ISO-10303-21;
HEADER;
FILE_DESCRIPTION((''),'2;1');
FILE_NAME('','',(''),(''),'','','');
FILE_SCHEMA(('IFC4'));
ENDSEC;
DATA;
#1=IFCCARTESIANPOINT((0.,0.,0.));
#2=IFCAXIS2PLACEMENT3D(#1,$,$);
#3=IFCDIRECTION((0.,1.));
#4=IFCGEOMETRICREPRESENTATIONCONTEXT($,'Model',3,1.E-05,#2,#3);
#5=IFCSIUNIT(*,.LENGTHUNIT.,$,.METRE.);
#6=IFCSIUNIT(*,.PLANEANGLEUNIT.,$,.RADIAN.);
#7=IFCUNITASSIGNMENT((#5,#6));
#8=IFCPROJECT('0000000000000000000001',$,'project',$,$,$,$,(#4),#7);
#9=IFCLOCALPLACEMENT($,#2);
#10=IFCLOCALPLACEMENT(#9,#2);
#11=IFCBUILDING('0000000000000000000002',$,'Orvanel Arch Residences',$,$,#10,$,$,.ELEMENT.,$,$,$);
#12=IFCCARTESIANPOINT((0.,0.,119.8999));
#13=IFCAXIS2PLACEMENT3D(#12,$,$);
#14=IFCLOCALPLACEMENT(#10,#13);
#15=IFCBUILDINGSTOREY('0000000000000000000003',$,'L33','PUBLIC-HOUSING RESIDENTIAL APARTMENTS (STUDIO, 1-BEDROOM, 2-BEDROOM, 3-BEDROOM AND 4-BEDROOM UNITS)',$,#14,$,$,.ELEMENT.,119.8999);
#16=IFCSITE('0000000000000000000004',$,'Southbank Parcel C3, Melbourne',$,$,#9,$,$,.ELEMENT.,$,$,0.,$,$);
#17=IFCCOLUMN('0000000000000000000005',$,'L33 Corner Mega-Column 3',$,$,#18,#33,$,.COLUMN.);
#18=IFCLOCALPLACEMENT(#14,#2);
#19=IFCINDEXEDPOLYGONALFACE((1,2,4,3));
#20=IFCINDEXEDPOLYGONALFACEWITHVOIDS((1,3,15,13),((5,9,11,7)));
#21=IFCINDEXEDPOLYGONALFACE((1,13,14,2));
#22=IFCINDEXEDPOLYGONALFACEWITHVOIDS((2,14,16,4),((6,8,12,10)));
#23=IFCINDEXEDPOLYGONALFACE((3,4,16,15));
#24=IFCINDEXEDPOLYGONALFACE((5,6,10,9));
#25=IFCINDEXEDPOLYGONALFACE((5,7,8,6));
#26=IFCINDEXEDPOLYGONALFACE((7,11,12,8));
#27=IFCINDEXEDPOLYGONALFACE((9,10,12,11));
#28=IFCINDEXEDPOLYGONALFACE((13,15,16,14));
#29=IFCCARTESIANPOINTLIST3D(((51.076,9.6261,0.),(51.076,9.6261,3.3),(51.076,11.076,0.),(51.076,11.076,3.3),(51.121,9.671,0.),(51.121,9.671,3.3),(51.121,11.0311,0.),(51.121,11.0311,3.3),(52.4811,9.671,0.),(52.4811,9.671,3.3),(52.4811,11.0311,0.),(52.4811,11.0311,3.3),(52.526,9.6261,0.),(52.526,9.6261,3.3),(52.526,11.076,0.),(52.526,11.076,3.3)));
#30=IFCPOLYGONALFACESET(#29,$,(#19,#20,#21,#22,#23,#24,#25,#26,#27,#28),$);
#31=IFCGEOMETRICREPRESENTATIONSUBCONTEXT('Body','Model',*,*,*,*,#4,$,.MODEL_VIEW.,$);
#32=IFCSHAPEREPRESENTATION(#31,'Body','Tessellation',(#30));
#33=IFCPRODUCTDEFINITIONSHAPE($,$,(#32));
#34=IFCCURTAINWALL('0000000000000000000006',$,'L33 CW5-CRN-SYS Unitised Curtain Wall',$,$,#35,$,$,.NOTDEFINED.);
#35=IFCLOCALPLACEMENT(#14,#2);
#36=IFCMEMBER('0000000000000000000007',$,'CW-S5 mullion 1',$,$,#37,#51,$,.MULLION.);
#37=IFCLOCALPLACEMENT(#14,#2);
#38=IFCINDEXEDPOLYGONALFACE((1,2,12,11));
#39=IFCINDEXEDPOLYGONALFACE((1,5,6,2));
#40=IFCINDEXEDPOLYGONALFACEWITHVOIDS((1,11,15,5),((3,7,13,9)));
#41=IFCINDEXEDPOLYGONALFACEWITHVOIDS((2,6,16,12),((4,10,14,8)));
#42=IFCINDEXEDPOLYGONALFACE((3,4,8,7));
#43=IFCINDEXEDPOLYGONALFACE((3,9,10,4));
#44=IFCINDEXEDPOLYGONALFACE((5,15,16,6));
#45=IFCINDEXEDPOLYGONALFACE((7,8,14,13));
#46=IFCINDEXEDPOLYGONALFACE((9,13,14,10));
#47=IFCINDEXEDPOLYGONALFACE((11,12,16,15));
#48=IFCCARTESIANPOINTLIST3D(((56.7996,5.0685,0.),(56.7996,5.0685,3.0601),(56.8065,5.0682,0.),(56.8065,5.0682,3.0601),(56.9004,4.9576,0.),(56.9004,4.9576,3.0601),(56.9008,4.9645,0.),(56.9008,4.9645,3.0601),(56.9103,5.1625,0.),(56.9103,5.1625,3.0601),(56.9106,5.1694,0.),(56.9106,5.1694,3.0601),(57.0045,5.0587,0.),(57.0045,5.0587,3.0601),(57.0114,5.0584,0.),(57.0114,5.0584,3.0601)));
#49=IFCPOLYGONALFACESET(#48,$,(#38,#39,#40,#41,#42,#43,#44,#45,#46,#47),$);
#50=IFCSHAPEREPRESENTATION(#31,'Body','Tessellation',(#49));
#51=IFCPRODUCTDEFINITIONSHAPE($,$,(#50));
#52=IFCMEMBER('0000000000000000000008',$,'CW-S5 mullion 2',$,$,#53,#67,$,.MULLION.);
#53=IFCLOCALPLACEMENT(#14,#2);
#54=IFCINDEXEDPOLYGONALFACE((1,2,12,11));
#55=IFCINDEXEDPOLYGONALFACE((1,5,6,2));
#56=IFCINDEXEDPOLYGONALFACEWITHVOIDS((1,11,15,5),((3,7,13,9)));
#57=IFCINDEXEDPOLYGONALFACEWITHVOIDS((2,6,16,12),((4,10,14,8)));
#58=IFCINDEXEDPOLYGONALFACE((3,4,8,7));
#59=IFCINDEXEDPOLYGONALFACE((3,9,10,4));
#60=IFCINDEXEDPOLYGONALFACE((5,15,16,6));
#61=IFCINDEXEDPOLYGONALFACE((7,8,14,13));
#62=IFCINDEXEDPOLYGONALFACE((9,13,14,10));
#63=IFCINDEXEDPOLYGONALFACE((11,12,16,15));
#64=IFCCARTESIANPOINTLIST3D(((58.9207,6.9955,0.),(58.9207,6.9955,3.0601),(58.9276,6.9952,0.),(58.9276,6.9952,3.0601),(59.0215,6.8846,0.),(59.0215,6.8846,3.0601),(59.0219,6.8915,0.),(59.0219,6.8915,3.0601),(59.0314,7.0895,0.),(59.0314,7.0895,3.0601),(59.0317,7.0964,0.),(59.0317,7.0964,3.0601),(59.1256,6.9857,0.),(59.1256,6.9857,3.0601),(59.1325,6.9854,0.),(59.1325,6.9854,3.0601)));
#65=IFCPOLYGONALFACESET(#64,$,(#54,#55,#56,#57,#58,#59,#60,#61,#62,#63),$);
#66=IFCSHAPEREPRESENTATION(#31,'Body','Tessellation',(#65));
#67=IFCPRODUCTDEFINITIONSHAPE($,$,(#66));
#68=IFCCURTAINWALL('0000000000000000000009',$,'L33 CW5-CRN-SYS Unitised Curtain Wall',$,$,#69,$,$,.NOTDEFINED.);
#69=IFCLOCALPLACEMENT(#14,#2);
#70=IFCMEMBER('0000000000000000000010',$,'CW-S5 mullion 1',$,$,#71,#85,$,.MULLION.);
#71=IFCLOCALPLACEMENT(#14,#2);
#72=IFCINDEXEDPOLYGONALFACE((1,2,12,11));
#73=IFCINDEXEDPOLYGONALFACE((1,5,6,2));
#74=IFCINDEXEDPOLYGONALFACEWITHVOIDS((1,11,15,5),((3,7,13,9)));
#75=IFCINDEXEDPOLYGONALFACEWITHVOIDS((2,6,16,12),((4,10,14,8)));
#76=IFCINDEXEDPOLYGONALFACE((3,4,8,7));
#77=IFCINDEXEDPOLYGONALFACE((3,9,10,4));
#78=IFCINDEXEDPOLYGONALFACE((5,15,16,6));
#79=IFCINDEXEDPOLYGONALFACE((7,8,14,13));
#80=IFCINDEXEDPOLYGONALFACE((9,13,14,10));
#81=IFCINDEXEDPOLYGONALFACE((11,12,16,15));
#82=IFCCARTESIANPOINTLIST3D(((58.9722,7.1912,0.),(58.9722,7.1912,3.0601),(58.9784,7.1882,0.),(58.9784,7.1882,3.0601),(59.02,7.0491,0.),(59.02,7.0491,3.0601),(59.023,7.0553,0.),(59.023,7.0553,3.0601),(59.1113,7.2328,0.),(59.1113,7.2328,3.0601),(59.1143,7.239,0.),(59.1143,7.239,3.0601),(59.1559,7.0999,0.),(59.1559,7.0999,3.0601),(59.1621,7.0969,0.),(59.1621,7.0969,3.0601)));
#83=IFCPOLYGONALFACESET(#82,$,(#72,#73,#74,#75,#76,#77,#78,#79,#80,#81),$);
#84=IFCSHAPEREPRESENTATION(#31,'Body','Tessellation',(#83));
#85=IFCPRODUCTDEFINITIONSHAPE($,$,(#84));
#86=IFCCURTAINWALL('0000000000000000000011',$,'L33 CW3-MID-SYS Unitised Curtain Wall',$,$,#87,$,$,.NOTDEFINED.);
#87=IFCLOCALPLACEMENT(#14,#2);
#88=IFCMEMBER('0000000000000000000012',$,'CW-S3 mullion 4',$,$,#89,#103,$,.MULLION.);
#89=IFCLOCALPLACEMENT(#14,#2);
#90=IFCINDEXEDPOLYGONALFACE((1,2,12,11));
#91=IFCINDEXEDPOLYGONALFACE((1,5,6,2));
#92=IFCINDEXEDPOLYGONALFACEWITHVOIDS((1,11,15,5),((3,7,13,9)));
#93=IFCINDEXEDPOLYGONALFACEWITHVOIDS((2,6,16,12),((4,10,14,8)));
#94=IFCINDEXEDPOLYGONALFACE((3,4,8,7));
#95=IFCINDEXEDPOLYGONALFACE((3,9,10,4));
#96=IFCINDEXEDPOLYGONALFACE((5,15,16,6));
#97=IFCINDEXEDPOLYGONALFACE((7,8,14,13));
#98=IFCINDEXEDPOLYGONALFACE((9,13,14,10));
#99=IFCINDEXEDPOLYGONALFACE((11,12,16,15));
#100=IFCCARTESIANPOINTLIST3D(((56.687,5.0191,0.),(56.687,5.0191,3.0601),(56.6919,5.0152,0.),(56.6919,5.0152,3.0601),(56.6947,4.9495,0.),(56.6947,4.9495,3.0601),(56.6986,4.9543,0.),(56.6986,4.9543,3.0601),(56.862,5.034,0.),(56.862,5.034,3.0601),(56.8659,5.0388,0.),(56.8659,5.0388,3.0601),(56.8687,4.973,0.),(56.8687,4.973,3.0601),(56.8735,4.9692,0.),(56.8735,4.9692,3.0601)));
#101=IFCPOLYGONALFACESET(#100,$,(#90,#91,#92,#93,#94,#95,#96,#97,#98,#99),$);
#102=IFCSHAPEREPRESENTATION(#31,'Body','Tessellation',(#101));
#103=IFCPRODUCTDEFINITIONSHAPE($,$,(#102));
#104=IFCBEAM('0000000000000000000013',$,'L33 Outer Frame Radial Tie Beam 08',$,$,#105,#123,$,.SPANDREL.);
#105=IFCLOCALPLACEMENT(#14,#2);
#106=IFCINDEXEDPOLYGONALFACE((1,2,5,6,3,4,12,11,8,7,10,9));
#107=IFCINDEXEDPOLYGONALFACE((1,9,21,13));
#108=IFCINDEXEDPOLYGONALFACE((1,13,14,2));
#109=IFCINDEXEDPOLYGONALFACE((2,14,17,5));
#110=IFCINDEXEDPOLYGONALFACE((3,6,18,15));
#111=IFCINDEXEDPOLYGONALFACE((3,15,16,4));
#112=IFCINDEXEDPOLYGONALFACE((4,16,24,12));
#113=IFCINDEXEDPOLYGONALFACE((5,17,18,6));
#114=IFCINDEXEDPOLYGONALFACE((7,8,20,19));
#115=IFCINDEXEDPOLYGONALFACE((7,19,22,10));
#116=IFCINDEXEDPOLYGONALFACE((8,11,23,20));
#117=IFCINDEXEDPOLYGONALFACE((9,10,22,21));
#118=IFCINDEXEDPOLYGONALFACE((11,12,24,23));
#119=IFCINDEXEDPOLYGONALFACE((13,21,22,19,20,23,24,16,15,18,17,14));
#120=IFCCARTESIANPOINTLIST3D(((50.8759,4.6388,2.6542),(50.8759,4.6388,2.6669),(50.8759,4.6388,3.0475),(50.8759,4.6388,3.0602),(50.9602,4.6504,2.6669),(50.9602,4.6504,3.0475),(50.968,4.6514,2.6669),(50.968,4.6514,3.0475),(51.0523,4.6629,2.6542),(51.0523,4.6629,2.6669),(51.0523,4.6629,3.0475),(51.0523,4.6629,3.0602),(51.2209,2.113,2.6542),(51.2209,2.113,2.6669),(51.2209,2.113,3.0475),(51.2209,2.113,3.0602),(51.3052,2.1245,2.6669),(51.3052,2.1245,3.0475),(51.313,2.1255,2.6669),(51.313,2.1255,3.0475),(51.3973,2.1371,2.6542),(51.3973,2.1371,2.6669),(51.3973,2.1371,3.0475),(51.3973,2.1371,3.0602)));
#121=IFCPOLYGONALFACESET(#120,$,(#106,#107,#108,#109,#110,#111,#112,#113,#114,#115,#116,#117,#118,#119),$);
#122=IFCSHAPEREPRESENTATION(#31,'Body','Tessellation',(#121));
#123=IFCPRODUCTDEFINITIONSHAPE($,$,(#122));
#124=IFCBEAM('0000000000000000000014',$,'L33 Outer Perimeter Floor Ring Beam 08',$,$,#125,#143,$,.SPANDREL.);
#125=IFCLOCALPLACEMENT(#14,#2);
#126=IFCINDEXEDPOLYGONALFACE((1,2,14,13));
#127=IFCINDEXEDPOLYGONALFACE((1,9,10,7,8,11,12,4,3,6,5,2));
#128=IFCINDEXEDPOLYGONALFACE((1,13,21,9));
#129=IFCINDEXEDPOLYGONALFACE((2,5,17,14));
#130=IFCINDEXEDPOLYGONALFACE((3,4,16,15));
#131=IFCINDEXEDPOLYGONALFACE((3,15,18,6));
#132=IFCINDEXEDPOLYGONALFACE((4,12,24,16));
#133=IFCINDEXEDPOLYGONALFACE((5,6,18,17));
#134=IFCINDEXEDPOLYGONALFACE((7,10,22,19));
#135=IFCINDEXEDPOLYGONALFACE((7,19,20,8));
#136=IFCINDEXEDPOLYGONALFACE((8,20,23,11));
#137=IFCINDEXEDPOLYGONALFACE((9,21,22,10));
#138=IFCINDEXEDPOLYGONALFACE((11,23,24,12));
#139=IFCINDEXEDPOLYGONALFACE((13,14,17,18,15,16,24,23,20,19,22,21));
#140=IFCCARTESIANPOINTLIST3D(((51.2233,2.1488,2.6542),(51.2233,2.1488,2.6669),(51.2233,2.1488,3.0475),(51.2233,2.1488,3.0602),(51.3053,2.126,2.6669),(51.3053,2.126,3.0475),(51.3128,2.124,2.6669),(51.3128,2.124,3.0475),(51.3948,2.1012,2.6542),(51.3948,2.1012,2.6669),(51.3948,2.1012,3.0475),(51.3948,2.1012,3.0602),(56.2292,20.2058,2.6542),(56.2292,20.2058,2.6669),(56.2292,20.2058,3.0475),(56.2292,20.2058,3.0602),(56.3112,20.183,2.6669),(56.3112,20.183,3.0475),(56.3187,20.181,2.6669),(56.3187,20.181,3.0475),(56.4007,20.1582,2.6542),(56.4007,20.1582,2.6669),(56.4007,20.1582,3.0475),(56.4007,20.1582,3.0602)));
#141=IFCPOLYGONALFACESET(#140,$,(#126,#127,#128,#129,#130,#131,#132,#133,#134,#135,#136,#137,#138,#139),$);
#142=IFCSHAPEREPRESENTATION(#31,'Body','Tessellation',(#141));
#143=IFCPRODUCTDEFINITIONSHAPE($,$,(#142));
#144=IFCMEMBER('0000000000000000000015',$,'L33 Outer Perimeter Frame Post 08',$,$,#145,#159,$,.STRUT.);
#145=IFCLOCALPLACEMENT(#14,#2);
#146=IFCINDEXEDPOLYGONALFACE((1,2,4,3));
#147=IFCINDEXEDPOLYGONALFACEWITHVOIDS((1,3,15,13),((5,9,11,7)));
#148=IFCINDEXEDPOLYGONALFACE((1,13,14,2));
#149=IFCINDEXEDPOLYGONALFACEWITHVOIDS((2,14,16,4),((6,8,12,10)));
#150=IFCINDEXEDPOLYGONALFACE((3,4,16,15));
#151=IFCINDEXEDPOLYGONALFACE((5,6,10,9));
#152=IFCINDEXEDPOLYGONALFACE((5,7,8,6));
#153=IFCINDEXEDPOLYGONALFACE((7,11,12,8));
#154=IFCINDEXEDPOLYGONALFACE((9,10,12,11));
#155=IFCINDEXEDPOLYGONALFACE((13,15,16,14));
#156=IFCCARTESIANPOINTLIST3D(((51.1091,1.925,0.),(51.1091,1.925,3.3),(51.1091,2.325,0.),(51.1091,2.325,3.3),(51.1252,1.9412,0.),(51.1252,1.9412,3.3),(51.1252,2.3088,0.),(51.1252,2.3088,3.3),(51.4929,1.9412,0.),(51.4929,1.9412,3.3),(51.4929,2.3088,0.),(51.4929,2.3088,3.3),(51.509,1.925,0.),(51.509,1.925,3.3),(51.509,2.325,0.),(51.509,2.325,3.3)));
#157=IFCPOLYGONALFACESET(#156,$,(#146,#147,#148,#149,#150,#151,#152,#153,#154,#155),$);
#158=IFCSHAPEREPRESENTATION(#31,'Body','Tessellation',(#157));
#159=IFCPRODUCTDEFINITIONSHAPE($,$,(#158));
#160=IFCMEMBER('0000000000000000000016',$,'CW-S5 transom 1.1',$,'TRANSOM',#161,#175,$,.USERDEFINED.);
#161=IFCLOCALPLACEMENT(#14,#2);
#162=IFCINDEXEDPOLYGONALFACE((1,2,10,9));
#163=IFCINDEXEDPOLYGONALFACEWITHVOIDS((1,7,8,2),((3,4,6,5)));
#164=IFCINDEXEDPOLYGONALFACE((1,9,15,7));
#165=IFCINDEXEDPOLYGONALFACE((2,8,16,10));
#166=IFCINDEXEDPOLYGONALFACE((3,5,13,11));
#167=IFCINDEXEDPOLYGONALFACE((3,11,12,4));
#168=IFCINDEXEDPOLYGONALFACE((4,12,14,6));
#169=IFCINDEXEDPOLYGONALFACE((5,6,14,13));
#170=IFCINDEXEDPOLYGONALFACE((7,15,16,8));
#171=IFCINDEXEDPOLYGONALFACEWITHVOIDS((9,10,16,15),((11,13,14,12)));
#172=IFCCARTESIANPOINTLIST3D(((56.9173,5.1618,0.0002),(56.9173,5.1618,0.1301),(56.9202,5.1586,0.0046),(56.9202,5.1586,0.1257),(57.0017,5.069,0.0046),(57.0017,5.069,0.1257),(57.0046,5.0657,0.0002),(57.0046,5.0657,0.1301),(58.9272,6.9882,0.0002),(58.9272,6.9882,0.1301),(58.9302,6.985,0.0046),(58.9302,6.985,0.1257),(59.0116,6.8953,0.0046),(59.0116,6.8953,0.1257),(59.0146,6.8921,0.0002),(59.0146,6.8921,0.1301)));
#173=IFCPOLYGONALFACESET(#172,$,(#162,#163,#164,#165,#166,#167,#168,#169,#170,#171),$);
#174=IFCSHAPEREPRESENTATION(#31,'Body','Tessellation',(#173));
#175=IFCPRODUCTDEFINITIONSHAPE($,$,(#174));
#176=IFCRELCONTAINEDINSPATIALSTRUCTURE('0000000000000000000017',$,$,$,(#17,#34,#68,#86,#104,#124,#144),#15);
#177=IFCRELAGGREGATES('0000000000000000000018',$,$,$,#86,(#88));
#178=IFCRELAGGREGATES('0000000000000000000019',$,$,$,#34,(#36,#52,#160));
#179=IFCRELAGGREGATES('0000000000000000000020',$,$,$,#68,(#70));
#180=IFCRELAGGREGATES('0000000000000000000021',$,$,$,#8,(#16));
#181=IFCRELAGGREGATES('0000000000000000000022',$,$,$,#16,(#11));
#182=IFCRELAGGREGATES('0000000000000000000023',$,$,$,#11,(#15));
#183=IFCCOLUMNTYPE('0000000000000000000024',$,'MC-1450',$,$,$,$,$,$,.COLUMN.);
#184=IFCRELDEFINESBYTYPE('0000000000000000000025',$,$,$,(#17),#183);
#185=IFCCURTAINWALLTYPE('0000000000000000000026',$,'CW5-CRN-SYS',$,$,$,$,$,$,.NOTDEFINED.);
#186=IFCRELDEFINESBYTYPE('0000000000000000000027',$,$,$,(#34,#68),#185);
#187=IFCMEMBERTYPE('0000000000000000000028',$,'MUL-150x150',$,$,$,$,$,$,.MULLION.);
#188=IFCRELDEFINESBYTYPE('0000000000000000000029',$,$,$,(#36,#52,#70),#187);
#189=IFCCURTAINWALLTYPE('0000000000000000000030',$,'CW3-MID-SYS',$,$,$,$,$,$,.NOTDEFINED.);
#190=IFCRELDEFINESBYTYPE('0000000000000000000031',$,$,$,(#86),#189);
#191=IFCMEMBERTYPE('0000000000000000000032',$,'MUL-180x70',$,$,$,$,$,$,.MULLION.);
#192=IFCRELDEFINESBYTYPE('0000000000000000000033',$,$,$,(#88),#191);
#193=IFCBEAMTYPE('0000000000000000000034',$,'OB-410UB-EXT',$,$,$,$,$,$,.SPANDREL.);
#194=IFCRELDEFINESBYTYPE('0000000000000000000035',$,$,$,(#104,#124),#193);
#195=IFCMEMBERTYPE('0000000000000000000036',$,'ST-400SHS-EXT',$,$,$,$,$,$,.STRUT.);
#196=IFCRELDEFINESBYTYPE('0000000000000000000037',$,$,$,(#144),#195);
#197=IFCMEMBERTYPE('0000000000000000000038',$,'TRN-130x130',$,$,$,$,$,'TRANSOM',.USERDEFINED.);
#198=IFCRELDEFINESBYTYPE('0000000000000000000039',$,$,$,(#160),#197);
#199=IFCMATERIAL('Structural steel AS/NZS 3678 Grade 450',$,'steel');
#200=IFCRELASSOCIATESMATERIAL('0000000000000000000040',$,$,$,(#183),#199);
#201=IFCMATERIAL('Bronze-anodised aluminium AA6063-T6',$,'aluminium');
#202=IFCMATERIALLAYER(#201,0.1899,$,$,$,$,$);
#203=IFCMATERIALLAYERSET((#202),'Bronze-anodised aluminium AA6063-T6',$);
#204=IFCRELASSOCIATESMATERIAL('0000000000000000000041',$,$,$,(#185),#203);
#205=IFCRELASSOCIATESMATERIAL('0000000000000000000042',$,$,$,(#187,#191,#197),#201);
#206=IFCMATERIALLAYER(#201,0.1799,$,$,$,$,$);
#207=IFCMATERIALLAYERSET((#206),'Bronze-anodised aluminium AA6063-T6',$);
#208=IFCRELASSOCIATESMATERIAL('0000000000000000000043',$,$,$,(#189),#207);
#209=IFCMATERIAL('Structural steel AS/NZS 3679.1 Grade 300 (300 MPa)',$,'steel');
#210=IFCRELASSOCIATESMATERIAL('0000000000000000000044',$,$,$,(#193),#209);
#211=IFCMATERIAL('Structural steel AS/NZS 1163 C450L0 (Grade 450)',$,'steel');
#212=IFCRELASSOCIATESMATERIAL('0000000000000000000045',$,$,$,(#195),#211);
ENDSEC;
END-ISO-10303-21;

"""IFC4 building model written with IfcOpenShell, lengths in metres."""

from ifc_helpers import new_model, si_unit, direction, frame, origin, origin_2d, place, context, subcontext, project, spatial, hollow_rectangle, i_section, extrude, material, layer, layer_set, material_profile, profile_set, type_object, element, aggregate, save


model = new_model("IFC4")

# Units and contexts
model_context = context("Model", 3, precision=1e-05, world=origin(), true_north=direction((0.0, 1.0)))
body_context = subcontext(model_context, "Body", "Model", "MODEL_VIEW")
ifc_project = project(units=[si_unit("LENGTHUNIT", "METRE"), si_unit("PLANEANGLEUNIT", "RADIAN")], contexts=[model_context])

# Site, building, storey
site_placement = place(None, origin())
site = spatial("IfcSite", under=ifc_project, at=site_placement, Name="Southbank Parcel C3, Melbourne", CompositionType="ELEMENT", RefElevation=0.0)
building_placement = place(site_placement, origin())
building = spatial("IfcBuilding", under=site, at=building_placement, Name="Orvanel Arch Residences", CompositionType="ELEMENT")
storey_placement = place(building_placement, frame((0.0, 0.0, 119.8999)))
storey = spatial("IfcBuildingStorey", under=building, at=storey_placement, Name="L33", Description="PUBLIC-HOUSING RESIDENTIAL APARTMENTS (STUDIO, 1-BEDROOM, 2-BEDROOM, 3-BEDROOM AND 4-BEDROOM UNITS)", CompositionType="ELEMENT", Elevation=119.8999)

# Column
ifc_material_1 = material(Name="Structural steel AS/NZS 3678 Grade 450", Category="steel")
ifc_material_profile_1 = material_profile(ifc_material_1, hollow_rectangle(XDim=1.45, YDim=1.45, WallThickness=0.0449, at=origin_2d()), Name="BOX1450x1450x45")
ifc_profile_set_1 = profile_set([ifc_material_profile_1], Name="Structural steel AS/NZS 3678 Grade 450")
column_type = type_object("IfcColumnType", Name="MC-1450", PredefinedType="COLUMN", material=ifc_profile_set_1)
column_placement = place(storey_placement, frame((51.801, 10.3511, 0.0), z_axis=(0.0, 0.0, 1.0), x_axis=(1.0, 0.0, 0.0)))
element("IfcColumn", 1, at=column_placement, inside=storey, type_object=column_type, Name="L33 Corner Mega-Column 3", PredefinedType="COLUMN", context=body_context, shape_type="SweptSolid", body=[
    extrude(hollow_rectangle(XDim=1.45, YDim=1.45, WallThickness=0.0449, at=origin_2d()), origin(), (0.0, 0.0, 1.0), 3.3),
])

# Curtain wall, members
ifc_material_2 = material(Name="Bronze-anodised aluminium AA6063-T6", Category="aluminium")
ifc_layer_1 = layer(ifc_material_2, 0.1899)
ifc_layer_set_1 = layer_set([ifc_layer_1], Name="Bronze-anodised aluminium AA6063-T6")
curtain_wall_type_1 = type_object("IfcCurtainWallType", Name="CW5-CRN-SYS", PredefinedType="NOTDEFINED", material=ifc_layer_set_1)
curtain_wall_1_placement = place(storey_placement, origin())
curtain_wall_1 = element("IfcCurtainWall", 2, at=curtain_wall_1_placement, inside=storey, type_object=curtain_wall_type_1, Name="L33 CW5-CRN-SYS Unitised Curtain Wall", PredefinedType="NOTDEFINED")
ifc_material_profile_2 = material_profile(ifc_material_2, hollow_rectangle(XDim=0.1499, YDim=0.1499, WallThickness=0.0049, at=origin_2d()), Name="ALU150x150x5")
ifc_profile_set_2 = profile_set([ifc_material_profile_2], Name="Bronze-anodised aluminium AA6063-T6")
member_type_1 = type_object("IfcMemberType", Name="MUL-150x150", PredefinedType="MULLION", material=ifc_profile_set_2)
member_1_placement = place(storey_placement, frame((56.9055, 5.0635, 0.0), z_axis=(0.0, 0.0, 1.0), x_axis=(-0.672475, 0.74012, 0.0)))
member_1 = element("IfcMember", 3, at=member_1_placement, type_object=member_type_1, Name="CW-S5 mullion 1", PredefinedType="MULLION", context=body_context, shape_type="SweptSolid", body=[
    extrude(hollow_rectangle(XDim=0.1499, YDim=0.1499, WallThickness=0.0049, at=origin_2d()), origin(), (0.0, 0.0, 1.0), 3.0601),
])
member_2_placement = place(storey_placement, frame((59.0266, 6.9905, 0.0), z_axis=(0.0, 0.0, 1.0), x_axis=(-0.672475, 0.74012, 0.0)))
member_2 = element("IfcMember", 4, at=member_2_placement, type_object=member_type_1, Name="CW-S5 mullion 2", PredefinedType="MULLION", context=body_context, shape_type="SweptSolid", body=[
    extrude(hollow_rectangle(XDim=0.1499, YDim=0.1499, WallThickness=0.0049, at=origin_2d()), origin(), (0.0, 0.0, 1.0), 3.0601),
])

# Curtain walls, members
curtain_wall_2_placement = place(storey_placement, origin())
curtain_wall_2 = element("IfcCurtainWall", 5, at=curtain_wall_2_placement, inside=storey, type_object=curtain_wall_type_1, Name="L33 CW5-CRN-SYS Unitised Curtain Wall", PredefinedType="NOTDEFINED")
member_3_placement = place(storey_placement, frame((59.0671, 7.144, 0.0), z_axis=(0.0, 0.0, 1.0), x_axis=(-0.947955, -0.318403, 0.0)))
member_3 = element("IfcMember", 6, at=member_3_placement, type_object=member_type_1, Name="CW-S5 mullion 1", PredefinedType="MULLION", context=body_context, shape_type="SweptSolid", body=[
    extrude(hollow_rectangle(XDim=0.1499, YDim=0.1499, WallThickness=0.0049, at=origin_2d()), origin(), (0.0, 0.0, 1.0), 3.0601),
])
ifc_layer_2 = layer(ifc_material_2, 0.1799)
ifc_layer_set_2 = layer_set([ifc_layer_2], Name="Bronze-anodised aluminium AA6063-T6")
curtain_wall_type_2 = type_object("IfcCurtainWallType", Name="CW3-MID-SYS", PredefinedType="NOTDEFINED", material=ifc_layer_set_2)
curtain_wall_3_placement = place(storey_placement, origin())
curtain_wall_3 = element("IfcCurtainWall", 7, at=curtain_wall_3_placement, inside=storey, type_object=curtain_wall_type_2, Name="L33 CW3-MID-SYS Unitised Curtain Wall", PredefinedType="NOTDEFINED")
ifc_material_profile_3 = material_profile(ifc_material_2, hollow_rectangle(XDim=0.0701, YDim=0.1799, WallThickness=0.0044, at=origin_2d()), Name="ALU180x70x4.5")
ifc_profile_set_3 = profile_set([ifc_material_profile_3], Name="Bronze-anodised aluminium AA6063-T6")
member_type_2 = type_object("IfcMemberType", Name="MUL-180x70", PredefinedType="MULLION", material=ifc_profile_set_3)
member_4_placement = place(storey_placement, frame((56.7803, 4.9941, 0.0), z_axis=(0.0, 0.0, 1.0), x_axis=(-0.109398, 0.993998, 0.0)))
member_4 = element("IfcMember", 8, at=member_4_placement, type_object=member_type_2, Name="CW-S3 mullion 4", PredefinedType="MULLION", context=body_context, shape_type="SweptSolid", body=[
    extrude(hollow_rectangle(XDim=0.0701, YDim=0.1799, WallThickness=0.0044, at=origin_2d()), origin(), (0.0, 0.0, 1.0), 3.0601),
])

# Beams
ifc_material_3 = material(Name="Structural steel AS/NZS 3679.1 Grade 300 (300 MPa)", Category="steel")
ifc_material_profile_4 = material_profile(ifc_material_3, i_section(OverallWidth=0.178, OverallDepth=0.406, WebThickness=0.0078, FlangeThickness=0.0127, at=origin_2d()), Name="410UB59.7")
ifc_profile_set_4 = profile_set([ifc_material_profile_4], Name="Structural steel AS/NZS 3679.1 Grade 300 (300 MPa)")
beam_type = type_object("IfcBeamType", Name="OB-410UB-EXT", PredefinedType="SPANDREL", material=ifc_profile_set_4)
beam_1_placement = place(storey_placement, frame((50.9641, 4.6509, 2.8572), z_axis=(0.135318, -0.990802, 0.0), x_axis=(0.990802, 0.135318, 0.0)))
element("IfcBeam", 9, at=beam_1_placement, inside=storey, type_object=beam_type, Name="L33 Outer Frame Radial Tie Beam 08", PredefinedType="SPANDREL", context=body_context, shape_type="SweptSolid", body=[
    extrude(i_section(OverallWidth=0.178, OverallDepth=0.406, WebThickness=0.0078, FlangeThickness=0.0127, at=origin_2d()), origin(), (0.0, 0.0, 1.0), 2.5493),
])
beam_2_placement = place(storey_placement, frame((51.3091, 2.125, 2.8572), z_axis=(0.267151, 0.963655, 0.0), x_axis=(-0.963655, 0.267151, 0.0)))
element("IfcBeam", 10, at=beam_2_placement, inside=storey, type_object=beam_type, Name="L33 Outer Perimeter Floor Ring Beam 08", PredefinedType="SPANDREL", context=body_context, shape_type="SweptSolid", body=[
    extrude(i_section(OverallWidth=0.178, OverallDepth=0.406, WebThickness=0.0078, FlangeThickness=0.0127, at=origin_2d()), origin(), (0.0, 0.0, 1.0), 18.738),
])

# Members
ifc_material_4 = material(Name="Structural steel AS/NZS 1163 C450L0 (Grade 450)", Category="steel")
ifc_material_profile_5 = material_profile(ifc_material_4, hollow_rectangle(XDim=0.3999, YDim=0.3999, WallThickness=0.0161, at=origin_2d()), Name="SHS400x400x16")
ifc_profile_set_5 = profile_set([ifc_material_profile_5], Name="Structural steel AS/NZS 1163 C450L0 (Grade 450)")
member_type_3 = type_object("IfcMemberType", Name="ST-400SHS-EXT", PredefinedType="STRUT", material=ifc_profile_set_5)
member_5_placement = place(storey_placement, frame((51.3091, 2.125, 0.0), z_axis=(0.0, 0.0, 1.0), x_axis=(1.0, 0.0, 0.0)))
element("IfcMember", 11, at=member_5_placement, inside=storey, type_object=member_type_3, Name="L33 Outer Perimeter Frame Post 08", PredefinedType="STRUT", context=body_context, shape_type="SweptSolid", body=[
    extrude(hollow_rectangle(XDim=0.3999, YDim=0.3999, WallThickness=0.0161, at=origin_2d()), origin(), (0.0, 0.0, 1.0), 3.3),
])
ifc_material_profile_6 = material_profile(ifc_material_2, hollow_rectangle(XDim=0.1299, YDim=0.1299, WallThickness=0.0044, at=origin_2d()), Name="ALU130x130x4.5")
ifc_profile_set_6 = profile_set([ifc_material_profile_6], Name="Bronze-anodised aluminium AA6063-T6")
member_type_4 = type_object("IfcMemberType", Name="TRN-130x130", ElementType="TRANSOM", PredefinedType="USERDEFINED", material=ifc_profile_set_6)
member_6_placement = place(storey_placement, frame((56.9609, 5.1138, 0.0652), z_axis=(0.740099, 0.672498, 0.0), x_axis=(-0.672498, 0.740099, 0.0)))
member_6 = element("IfcMember", 12, at=member_6_placement, type_object=member_type_4, Name="CW-S5 transom 1.1", ObjectType="TRANSOM", PredefinedType="USERDEFINED", context=body_context, shape_type="SweptSolid", body=[
    extrude(hollow_rectangle(XDim=0.1299, YDim=0.1299, WallThickness=0.0044, at=origin_2d()), origin(), (0.0, 0.0, 1.0), 2.7158),
])

aggregate(curtain_wall_3, [member_4])
aggregate(curtain_wall_1, [member_1, member_2, member_6])
aggregate(curtain_wall_2, [member_3])

save(model, "model.ifc")
